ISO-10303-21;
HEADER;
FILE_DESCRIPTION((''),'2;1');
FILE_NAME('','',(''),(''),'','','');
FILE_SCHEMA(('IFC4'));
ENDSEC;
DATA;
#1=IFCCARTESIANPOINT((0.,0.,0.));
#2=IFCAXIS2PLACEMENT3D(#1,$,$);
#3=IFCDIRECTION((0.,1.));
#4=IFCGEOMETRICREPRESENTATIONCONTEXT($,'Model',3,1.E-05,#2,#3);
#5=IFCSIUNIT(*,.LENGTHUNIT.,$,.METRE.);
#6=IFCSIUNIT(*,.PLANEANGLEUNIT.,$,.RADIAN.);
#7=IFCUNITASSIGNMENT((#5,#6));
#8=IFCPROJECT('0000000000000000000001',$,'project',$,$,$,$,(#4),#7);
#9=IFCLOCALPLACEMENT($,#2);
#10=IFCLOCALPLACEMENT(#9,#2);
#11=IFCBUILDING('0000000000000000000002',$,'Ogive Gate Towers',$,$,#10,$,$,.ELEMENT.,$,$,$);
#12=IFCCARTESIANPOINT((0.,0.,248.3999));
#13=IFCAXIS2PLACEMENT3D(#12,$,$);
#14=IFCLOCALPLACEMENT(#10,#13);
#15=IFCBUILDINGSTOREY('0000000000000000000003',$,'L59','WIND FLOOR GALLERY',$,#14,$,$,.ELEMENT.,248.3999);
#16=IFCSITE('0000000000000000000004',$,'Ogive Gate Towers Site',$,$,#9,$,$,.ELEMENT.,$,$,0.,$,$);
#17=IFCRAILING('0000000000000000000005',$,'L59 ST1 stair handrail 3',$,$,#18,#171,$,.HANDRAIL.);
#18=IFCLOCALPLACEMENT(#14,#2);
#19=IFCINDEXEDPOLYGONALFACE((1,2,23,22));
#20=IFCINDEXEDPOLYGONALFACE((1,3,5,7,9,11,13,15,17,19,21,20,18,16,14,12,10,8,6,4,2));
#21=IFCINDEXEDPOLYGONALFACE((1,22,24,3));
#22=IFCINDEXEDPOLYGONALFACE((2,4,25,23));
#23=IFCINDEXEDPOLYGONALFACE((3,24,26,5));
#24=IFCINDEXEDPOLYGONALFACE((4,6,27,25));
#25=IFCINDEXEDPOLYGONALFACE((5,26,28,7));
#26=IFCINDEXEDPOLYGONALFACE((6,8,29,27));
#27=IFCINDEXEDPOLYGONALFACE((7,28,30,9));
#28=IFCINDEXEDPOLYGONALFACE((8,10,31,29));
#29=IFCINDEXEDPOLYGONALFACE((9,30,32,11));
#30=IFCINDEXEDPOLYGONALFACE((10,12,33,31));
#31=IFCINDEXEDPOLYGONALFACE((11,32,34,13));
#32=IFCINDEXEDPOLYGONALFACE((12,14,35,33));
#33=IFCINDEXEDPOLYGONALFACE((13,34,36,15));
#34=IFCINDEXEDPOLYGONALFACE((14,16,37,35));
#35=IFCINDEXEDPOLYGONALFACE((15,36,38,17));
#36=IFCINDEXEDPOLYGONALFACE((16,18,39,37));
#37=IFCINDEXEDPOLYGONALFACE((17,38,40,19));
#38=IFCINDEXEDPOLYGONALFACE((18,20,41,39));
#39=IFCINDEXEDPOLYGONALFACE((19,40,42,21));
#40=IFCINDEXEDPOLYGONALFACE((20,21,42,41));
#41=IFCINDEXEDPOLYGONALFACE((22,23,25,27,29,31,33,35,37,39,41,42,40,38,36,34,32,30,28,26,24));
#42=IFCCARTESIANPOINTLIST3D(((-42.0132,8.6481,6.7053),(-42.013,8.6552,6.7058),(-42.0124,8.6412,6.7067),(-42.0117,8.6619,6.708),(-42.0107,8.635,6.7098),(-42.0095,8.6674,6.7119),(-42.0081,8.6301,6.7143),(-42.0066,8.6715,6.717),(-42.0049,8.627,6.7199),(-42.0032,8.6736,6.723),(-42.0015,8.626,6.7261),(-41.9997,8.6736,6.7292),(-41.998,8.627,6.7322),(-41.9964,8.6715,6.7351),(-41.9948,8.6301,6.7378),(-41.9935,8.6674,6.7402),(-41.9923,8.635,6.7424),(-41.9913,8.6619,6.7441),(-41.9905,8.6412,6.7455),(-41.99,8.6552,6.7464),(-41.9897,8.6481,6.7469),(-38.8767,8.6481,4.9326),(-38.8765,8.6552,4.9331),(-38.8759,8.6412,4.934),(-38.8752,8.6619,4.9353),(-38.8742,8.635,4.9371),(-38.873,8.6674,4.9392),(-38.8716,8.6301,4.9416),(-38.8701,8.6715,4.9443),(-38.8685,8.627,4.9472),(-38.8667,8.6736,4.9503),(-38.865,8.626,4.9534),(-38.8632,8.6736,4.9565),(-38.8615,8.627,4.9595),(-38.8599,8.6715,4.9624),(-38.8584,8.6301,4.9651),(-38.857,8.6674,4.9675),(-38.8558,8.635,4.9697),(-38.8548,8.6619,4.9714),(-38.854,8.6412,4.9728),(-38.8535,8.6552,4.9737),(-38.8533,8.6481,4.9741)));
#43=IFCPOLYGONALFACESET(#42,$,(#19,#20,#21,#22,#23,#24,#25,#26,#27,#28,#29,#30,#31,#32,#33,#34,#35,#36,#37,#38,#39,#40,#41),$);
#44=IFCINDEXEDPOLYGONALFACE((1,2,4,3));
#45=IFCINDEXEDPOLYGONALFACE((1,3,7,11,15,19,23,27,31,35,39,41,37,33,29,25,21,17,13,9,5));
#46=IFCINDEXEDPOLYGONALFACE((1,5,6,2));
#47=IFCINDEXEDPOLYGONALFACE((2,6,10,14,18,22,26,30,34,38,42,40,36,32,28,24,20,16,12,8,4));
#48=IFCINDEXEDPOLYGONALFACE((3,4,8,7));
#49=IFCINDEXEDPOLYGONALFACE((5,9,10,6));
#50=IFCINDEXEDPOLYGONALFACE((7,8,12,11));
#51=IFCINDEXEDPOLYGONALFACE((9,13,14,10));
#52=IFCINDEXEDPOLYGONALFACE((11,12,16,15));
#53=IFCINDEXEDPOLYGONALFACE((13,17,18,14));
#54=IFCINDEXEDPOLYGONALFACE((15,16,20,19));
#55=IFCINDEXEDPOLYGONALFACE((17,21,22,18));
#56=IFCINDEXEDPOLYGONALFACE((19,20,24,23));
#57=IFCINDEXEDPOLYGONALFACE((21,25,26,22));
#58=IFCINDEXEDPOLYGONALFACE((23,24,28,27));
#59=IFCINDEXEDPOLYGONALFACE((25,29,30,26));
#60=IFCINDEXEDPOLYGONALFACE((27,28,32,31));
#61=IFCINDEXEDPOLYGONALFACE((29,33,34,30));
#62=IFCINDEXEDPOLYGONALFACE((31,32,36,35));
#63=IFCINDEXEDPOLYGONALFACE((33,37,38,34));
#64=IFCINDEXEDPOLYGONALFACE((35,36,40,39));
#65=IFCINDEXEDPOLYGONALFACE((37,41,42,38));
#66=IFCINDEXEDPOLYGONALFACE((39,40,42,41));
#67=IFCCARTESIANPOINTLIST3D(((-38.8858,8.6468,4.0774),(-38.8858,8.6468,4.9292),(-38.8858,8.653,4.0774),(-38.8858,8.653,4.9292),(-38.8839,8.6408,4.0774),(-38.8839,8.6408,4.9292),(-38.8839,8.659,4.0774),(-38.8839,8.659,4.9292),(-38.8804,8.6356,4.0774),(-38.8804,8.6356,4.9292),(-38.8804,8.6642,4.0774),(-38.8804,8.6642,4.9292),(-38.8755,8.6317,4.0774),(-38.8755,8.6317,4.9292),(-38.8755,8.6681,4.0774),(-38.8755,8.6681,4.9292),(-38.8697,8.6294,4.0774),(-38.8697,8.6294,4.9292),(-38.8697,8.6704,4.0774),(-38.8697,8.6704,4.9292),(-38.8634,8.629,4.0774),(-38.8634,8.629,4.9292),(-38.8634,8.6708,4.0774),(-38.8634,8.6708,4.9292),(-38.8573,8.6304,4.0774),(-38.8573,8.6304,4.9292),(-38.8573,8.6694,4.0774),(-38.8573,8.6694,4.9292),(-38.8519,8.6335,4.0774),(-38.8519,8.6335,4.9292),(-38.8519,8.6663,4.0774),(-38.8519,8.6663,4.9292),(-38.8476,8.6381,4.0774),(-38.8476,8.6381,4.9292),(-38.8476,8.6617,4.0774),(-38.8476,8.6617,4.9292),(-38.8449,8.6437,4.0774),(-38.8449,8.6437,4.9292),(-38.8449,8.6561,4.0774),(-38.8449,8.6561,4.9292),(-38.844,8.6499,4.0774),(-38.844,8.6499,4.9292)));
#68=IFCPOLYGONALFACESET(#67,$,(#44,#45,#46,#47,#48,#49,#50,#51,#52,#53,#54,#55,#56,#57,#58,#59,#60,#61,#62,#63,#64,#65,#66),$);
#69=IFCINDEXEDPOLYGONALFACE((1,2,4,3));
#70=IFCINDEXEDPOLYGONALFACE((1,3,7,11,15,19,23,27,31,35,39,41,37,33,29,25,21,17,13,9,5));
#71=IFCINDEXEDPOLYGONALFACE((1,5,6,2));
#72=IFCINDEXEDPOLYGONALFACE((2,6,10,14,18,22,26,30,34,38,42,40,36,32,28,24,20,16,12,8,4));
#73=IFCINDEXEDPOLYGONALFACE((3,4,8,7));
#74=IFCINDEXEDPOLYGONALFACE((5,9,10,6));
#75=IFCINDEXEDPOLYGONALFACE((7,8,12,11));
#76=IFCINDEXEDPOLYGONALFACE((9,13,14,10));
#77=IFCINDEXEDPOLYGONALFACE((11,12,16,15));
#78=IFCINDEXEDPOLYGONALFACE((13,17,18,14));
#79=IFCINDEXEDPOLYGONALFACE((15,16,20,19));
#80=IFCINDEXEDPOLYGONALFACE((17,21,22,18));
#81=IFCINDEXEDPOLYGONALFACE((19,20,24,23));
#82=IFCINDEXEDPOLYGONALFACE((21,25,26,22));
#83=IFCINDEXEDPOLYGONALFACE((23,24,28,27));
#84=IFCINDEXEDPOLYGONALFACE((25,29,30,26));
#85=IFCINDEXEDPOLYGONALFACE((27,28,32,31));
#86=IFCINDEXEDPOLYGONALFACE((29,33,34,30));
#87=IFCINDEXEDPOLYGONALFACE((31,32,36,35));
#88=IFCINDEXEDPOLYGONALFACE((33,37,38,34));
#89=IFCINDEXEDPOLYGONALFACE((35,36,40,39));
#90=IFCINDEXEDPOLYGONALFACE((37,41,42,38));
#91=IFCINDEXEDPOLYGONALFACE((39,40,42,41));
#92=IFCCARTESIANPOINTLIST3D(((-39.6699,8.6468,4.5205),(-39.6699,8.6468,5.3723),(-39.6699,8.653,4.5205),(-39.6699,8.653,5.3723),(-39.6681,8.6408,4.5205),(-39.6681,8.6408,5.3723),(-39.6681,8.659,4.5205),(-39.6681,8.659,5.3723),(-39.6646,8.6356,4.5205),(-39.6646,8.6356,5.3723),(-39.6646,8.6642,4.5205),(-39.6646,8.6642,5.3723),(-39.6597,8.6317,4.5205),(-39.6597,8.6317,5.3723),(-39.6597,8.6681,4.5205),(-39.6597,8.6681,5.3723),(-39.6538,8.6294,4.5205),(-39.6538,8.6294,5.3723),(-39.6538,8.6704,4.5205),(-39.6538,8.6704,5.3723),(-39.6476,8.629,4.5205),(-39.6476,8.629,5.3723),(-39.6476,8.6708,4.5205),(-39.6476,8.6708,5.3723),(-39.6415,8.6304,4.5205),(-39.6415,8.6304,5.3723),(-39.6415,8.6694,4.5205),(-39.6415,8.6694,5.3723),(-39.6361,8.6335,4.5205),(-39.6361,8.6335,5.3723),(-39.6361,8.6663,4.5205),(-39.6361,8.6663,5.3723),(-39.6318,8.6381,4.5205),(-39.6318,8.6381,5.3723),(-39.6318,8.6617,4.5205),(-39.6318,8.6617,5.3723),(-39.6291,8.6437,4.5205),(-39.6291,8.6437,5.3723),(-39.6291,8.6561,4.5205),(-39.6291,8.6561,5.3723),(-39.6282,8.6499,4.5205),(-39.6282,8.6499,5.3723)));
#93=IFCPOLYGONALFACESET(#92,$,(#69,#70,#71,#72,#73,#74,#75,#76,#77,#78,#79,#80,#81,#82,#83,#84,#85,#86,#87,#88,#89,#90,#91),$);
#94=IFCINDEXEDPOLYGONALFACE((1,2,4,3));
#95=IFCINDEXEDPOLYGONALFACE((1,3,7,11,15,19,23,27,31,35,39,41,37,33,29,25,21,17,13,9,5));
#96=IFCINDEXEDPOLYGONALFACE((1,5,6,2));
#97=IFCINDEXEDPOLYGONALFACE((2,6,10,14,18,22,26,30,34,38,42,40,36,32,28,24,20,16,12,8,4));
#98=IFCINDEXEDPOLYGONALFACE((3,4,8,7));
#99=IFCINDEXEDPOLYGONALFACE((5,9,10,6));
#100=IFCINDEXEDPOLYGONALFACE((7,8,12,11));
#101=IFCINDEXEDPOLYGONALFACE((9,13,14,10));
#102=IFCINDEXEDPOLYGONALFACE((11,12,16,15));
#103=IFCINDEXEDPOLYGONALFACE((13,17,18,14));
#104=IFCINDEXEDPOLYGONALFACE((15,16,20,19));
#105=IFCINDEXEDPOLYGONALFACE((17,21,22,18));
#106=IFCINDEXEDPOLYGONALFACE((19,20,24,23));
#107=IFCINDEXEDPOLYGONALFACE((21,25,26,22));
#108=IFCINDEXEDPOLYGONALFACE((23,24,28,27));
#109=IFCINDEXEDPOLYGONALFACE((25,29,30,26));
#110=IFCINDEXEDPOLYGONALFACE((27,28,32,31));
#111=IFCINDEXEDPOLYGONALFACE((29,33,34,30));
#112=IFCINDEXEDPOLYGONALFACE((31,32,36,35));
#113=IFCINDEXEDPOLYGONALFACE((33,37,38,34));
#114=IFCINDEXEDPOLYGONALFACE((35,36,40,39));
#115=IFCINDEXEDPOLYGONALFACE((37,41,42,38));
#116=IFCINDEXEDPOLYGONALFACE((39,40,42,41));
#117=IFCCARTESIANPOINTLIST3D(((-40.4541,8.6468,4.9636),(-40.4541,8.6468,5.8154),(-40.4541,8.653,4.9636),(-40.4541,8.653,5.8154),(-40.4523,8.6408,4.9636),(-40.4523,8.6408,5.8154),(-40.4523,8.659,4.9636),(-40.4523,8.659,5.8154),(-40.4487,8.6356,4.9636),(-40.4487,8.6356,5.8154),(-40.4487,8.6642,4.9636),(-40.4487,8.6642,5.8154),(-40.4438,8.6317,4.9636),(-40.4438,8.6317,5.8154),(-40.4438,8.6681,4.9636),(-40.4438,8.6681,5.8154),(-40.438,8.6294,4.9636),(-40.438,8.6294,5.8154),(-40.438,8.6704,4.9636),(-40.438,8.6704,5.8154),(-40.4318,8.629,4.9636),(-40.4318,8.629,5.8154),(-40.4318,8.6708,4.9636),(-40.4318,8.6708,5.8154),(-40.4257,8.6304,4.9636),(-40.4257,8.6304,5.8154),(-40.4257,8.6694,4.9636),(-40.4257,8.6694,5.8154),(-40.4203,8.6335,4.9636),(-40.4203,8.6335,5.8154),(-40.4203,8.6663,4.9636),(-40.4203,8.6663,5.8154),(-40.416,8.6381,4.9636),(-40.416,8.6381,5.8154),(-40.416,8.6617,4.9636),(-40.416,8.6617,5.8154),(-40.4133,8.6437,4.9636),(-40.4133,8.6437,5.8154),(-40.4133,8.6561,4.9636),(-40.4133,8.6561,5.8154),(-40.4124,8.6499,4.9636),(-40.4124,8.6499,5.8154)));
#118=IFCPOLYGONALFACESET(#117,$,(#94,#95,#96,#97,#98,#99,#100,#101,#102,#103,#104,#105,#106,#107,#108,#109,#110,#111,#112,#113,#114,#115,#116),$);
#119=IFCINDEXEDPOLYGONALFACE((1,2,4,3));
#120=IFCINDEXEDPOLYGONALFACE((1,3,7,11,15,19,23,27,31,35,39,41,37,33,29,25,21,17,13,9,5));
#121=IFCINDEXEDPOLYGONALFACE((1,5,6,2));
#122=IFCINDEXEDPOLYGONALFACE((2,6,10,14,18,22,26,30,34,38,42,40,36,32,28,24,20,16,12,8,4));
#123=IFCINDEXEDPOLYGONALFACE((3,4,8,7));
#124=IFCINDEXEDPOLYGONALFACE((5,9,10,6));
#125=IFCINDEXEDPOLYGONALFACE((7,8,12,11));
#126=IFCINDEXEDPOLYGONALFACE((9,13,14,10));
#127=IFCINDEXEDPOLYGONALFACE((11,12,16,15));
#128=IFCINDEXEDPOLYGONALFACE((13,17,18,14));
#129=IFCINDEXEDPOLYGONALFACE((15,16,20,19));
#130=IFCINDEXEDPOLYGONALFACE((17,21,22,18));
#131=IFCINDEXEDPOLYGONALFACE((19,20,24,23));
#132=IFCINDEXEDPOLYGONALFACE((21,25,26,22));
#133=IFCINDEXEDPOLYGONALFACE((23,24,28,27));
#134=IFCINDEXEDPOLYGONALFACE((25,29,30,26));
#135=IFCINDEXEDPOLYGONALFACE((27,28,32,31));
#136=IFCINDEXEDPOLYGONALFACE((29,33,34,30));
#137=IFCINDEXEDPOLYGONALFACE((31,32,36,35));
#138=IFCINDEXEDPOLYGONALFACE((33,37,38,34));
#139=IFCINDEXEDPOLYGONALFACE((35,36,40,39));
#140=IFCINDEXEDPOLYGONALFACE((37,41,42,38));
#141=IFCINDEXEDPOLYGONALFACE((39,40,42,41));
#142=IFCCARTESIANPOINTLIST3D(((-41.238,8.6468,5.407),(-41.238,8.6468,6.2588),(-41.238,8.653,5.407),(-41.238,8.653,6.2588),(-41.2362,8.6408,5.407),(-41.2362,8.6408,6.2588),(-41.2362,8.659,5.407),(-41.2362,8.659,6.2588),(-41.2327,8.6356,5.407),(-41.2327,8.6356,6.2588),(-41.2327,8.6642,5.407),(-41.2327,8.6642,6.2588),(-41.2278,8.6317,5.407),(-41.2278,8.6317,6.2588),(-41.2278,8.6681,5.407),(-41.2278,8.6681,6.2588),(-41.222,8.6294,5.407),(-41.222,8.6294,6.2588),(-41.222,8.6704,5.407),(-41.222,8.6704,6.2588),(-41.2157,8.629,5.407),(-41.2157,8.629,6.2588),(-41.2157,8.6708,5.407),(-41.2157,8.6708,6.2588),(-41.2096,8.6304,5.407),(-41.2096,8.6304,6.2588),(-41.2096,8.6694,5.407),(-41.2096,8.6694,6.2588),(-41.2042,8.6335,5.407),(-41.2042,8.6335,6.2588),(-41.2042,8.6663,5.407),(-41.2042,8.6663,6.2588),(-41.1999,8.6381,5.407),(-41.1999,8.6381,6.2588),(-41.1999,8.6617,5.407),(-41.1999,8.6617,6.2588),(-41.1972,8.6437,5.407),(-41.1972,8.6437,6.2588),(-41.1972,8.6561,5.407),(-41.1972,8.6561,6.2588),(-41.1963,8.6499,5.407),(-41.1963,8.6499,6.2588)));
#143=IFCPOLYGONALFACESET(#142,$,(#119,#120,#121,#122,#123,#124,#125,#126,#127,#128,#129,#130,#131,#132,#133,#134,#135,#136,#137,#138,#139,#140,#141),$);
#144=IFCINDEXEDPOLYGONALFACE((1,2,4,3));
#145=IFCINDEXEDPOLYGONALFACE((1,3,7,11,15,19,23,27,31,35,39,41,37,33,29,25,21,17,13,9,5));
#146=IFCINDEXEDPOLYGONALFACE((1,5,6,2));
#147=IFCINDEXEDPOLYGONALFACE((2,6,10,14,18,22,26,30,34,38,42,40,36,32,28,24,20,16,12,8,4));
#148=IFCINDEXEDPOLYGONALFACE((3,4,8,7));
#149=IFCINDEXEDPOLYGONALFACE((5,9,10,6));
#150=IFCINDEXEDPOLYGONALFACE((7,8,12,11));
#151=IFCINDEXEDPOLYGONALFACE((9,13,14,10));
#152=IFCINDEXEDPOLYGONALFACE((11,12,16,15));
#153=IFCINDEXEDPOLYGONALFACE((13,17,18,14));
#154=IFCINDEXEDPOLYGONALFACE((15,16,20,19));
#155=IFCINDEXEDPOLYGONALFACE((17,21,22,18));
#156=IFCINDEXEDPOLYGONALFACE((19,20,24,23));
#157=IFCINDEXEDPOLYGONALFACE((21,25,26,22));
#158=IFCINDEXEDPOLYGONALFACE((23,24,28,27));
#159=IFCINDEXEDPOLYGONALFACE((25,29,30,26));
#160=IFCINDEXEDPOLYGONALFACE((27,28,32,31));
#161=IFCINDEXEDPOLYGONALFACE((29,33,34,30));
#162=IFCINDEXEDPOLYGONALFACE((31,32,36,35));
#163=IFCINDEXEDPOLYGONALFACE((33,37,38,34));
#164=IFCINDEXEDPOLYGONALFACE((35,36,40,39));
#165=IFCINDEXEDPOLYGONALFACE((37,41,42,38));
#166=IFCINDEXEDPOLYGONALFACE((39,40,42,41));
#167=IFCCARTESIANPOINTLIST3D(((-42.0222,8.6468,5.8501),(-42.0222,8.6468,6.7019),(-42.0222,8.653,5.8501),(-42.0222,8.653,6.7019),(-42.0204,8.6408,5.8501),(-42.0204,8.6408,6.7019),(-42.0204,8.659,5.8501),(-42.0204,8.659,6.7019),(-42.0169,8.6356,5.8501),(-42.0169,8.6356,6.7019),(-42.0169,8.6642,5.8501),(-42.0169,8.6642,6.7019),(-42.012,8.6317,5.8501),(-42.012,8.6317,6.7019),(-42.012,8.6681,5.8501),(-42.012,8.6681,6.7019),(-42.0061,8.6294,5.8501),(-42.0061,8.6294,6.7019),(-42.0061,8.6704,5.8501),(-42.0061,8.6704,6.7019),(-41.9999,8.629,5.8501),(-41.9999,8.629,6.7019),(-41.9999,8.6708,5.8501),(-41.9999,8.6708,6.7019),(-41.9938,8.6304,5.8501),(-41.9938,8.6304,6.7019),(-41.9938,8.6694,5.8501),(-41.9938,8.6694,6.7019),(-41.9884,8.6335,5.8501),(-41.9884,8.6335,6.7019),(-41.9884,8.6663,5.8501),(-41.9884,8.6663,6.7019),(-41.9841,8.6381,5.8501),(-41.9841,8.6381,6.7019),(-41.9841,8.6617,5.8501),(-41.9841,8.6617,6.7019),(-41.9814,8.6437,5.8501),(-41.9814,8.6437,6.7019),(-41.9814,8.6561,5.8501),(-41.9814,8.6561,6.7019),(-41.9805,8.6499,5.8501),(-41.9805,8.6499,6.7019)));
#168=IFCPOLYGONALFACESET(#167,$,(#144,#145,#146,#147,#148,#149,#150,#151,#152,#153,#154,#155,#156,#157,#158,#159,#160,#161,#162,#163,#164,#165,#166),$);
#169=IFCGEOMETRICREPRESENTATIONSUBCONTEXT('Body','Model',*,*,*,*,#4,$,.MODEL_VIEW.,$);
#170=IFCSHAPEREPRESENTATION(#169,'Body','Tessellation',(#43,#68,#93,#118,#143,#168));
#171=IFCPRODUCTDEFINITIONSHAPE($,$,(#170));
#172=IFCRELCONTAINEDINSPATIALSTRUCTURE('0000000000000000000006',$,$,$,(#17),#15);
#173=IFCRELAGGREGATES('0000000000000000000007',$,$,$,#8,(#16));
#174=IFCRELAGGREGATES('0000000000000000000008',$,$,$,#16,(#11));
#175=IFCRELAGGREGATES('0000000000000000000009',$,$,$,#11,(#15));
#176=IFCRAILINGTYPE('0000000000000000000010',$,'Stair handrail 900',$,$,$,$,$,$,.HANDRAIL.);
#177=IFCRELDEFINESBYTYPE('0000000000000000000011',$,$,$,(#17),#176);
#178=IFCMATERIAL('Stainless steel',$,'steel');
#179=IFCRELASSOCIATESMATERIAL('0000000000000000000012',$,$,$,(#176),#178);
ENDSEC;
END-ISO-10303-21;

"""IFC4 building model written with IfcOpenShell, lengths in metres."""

from ifc_helpers import new_model, si_unit, direction, frame, origin, origin_2d, place, context, subcontext, project, spatial, circle, extrude, material, type_object, element, save


model = new_model("IFC4")

# Units and contexts
model_context = context("Model", 3, precision=1e-05, world=origin(), true_north=direction((0.0, 1.0)))
body_context = subcontext(model_context, "Body", "Model", "MODEL_VIEW")
ifc_project = project(units=[si_unit("LENGTHUNIT", "METRE"), si_unit("PLANEANGLEUNIT", "RADIAN")], contexts=[model_context])

# Site, building, storey
site_placement = place(None, origin())
site = spatial("IfcSite", under=ifc_project, at=site_placement, Name="Ogive Gate Towers Site", CompositionType="ELEMENT", RefElevation=0.0)
building_placement = place(site_placement, origin())
building = spatial("IfcBuilding", under=site, at=building_placement, Name="Ogive Gate Towers", CompositionType="ELEMENT")
storey_placement = place(building_placement, frame((0.0, 0.0, 248.3999)))
storey = spatial("IfcBuildingStorey", under=building, at=storey_placement, Name="L59", Description="WIND FLOOR GALLERY", CompositionType="ELEMENT", Elevation=248.3999)

# Railing
ifc_material_1 = material(Name="Stainless steel", Category="steel")
railing_type_1 = type_object("IfcRailingType", Name="Stair handrail 900", PredefinedType="HANDRAIL", material=ifc_material_1)
railing_1_placement = place(storey_placement, frame((-38.865, 8.6499, 4.0774)))
element("IfcRailing", 1, at=railing_1_placement, inside=storey, type_object=railing_type_1, Name="L59 ST1 stair handrail 3", PredefinedType="HANDRAIL", context=body_context, shape_type="SweptSolid", body=[
    extrude(circle(Radius=0.0239, at=origin_2d()), frame((0.0, 0.0, 0.876), z_axis=(-0.870573, 0.0, 0.492039), x_axis=(0.0, -1.0, 0.0)), (0.0, 0.0, 1.0), 3.6028),
    extrude(circle(Radius=0.021, at=origin_2d()), origin(), (0.0, 0.0, 1.0), 0.8518),
    extrude(circle(Radius=0.021, at=origin_2d()), frame((-0.7842, 0.0, 0.4431)), (0.0, 0.0, 1.0), 0.8518),
    extrude(circle(Radius=0.021, at=origin_2d()), frame((-1.5684, 0.0, 0.8862)), (0.0, 0.0, 1.0), 0.8518),
    extrude(circle(Radius=0.021, at=origin_2d()), frame((-2.3523, 0.0, 1.3296)), (0.0, 0.0, 1.0), 0.8518),
    extrude(circle(Radius=0.021, at=origin_2d()), frame((-3.1365, 0.0, 1.7727)), (0.0, 0.0, 1.0), 0.8518),
])

save(model, "model.ifc")
